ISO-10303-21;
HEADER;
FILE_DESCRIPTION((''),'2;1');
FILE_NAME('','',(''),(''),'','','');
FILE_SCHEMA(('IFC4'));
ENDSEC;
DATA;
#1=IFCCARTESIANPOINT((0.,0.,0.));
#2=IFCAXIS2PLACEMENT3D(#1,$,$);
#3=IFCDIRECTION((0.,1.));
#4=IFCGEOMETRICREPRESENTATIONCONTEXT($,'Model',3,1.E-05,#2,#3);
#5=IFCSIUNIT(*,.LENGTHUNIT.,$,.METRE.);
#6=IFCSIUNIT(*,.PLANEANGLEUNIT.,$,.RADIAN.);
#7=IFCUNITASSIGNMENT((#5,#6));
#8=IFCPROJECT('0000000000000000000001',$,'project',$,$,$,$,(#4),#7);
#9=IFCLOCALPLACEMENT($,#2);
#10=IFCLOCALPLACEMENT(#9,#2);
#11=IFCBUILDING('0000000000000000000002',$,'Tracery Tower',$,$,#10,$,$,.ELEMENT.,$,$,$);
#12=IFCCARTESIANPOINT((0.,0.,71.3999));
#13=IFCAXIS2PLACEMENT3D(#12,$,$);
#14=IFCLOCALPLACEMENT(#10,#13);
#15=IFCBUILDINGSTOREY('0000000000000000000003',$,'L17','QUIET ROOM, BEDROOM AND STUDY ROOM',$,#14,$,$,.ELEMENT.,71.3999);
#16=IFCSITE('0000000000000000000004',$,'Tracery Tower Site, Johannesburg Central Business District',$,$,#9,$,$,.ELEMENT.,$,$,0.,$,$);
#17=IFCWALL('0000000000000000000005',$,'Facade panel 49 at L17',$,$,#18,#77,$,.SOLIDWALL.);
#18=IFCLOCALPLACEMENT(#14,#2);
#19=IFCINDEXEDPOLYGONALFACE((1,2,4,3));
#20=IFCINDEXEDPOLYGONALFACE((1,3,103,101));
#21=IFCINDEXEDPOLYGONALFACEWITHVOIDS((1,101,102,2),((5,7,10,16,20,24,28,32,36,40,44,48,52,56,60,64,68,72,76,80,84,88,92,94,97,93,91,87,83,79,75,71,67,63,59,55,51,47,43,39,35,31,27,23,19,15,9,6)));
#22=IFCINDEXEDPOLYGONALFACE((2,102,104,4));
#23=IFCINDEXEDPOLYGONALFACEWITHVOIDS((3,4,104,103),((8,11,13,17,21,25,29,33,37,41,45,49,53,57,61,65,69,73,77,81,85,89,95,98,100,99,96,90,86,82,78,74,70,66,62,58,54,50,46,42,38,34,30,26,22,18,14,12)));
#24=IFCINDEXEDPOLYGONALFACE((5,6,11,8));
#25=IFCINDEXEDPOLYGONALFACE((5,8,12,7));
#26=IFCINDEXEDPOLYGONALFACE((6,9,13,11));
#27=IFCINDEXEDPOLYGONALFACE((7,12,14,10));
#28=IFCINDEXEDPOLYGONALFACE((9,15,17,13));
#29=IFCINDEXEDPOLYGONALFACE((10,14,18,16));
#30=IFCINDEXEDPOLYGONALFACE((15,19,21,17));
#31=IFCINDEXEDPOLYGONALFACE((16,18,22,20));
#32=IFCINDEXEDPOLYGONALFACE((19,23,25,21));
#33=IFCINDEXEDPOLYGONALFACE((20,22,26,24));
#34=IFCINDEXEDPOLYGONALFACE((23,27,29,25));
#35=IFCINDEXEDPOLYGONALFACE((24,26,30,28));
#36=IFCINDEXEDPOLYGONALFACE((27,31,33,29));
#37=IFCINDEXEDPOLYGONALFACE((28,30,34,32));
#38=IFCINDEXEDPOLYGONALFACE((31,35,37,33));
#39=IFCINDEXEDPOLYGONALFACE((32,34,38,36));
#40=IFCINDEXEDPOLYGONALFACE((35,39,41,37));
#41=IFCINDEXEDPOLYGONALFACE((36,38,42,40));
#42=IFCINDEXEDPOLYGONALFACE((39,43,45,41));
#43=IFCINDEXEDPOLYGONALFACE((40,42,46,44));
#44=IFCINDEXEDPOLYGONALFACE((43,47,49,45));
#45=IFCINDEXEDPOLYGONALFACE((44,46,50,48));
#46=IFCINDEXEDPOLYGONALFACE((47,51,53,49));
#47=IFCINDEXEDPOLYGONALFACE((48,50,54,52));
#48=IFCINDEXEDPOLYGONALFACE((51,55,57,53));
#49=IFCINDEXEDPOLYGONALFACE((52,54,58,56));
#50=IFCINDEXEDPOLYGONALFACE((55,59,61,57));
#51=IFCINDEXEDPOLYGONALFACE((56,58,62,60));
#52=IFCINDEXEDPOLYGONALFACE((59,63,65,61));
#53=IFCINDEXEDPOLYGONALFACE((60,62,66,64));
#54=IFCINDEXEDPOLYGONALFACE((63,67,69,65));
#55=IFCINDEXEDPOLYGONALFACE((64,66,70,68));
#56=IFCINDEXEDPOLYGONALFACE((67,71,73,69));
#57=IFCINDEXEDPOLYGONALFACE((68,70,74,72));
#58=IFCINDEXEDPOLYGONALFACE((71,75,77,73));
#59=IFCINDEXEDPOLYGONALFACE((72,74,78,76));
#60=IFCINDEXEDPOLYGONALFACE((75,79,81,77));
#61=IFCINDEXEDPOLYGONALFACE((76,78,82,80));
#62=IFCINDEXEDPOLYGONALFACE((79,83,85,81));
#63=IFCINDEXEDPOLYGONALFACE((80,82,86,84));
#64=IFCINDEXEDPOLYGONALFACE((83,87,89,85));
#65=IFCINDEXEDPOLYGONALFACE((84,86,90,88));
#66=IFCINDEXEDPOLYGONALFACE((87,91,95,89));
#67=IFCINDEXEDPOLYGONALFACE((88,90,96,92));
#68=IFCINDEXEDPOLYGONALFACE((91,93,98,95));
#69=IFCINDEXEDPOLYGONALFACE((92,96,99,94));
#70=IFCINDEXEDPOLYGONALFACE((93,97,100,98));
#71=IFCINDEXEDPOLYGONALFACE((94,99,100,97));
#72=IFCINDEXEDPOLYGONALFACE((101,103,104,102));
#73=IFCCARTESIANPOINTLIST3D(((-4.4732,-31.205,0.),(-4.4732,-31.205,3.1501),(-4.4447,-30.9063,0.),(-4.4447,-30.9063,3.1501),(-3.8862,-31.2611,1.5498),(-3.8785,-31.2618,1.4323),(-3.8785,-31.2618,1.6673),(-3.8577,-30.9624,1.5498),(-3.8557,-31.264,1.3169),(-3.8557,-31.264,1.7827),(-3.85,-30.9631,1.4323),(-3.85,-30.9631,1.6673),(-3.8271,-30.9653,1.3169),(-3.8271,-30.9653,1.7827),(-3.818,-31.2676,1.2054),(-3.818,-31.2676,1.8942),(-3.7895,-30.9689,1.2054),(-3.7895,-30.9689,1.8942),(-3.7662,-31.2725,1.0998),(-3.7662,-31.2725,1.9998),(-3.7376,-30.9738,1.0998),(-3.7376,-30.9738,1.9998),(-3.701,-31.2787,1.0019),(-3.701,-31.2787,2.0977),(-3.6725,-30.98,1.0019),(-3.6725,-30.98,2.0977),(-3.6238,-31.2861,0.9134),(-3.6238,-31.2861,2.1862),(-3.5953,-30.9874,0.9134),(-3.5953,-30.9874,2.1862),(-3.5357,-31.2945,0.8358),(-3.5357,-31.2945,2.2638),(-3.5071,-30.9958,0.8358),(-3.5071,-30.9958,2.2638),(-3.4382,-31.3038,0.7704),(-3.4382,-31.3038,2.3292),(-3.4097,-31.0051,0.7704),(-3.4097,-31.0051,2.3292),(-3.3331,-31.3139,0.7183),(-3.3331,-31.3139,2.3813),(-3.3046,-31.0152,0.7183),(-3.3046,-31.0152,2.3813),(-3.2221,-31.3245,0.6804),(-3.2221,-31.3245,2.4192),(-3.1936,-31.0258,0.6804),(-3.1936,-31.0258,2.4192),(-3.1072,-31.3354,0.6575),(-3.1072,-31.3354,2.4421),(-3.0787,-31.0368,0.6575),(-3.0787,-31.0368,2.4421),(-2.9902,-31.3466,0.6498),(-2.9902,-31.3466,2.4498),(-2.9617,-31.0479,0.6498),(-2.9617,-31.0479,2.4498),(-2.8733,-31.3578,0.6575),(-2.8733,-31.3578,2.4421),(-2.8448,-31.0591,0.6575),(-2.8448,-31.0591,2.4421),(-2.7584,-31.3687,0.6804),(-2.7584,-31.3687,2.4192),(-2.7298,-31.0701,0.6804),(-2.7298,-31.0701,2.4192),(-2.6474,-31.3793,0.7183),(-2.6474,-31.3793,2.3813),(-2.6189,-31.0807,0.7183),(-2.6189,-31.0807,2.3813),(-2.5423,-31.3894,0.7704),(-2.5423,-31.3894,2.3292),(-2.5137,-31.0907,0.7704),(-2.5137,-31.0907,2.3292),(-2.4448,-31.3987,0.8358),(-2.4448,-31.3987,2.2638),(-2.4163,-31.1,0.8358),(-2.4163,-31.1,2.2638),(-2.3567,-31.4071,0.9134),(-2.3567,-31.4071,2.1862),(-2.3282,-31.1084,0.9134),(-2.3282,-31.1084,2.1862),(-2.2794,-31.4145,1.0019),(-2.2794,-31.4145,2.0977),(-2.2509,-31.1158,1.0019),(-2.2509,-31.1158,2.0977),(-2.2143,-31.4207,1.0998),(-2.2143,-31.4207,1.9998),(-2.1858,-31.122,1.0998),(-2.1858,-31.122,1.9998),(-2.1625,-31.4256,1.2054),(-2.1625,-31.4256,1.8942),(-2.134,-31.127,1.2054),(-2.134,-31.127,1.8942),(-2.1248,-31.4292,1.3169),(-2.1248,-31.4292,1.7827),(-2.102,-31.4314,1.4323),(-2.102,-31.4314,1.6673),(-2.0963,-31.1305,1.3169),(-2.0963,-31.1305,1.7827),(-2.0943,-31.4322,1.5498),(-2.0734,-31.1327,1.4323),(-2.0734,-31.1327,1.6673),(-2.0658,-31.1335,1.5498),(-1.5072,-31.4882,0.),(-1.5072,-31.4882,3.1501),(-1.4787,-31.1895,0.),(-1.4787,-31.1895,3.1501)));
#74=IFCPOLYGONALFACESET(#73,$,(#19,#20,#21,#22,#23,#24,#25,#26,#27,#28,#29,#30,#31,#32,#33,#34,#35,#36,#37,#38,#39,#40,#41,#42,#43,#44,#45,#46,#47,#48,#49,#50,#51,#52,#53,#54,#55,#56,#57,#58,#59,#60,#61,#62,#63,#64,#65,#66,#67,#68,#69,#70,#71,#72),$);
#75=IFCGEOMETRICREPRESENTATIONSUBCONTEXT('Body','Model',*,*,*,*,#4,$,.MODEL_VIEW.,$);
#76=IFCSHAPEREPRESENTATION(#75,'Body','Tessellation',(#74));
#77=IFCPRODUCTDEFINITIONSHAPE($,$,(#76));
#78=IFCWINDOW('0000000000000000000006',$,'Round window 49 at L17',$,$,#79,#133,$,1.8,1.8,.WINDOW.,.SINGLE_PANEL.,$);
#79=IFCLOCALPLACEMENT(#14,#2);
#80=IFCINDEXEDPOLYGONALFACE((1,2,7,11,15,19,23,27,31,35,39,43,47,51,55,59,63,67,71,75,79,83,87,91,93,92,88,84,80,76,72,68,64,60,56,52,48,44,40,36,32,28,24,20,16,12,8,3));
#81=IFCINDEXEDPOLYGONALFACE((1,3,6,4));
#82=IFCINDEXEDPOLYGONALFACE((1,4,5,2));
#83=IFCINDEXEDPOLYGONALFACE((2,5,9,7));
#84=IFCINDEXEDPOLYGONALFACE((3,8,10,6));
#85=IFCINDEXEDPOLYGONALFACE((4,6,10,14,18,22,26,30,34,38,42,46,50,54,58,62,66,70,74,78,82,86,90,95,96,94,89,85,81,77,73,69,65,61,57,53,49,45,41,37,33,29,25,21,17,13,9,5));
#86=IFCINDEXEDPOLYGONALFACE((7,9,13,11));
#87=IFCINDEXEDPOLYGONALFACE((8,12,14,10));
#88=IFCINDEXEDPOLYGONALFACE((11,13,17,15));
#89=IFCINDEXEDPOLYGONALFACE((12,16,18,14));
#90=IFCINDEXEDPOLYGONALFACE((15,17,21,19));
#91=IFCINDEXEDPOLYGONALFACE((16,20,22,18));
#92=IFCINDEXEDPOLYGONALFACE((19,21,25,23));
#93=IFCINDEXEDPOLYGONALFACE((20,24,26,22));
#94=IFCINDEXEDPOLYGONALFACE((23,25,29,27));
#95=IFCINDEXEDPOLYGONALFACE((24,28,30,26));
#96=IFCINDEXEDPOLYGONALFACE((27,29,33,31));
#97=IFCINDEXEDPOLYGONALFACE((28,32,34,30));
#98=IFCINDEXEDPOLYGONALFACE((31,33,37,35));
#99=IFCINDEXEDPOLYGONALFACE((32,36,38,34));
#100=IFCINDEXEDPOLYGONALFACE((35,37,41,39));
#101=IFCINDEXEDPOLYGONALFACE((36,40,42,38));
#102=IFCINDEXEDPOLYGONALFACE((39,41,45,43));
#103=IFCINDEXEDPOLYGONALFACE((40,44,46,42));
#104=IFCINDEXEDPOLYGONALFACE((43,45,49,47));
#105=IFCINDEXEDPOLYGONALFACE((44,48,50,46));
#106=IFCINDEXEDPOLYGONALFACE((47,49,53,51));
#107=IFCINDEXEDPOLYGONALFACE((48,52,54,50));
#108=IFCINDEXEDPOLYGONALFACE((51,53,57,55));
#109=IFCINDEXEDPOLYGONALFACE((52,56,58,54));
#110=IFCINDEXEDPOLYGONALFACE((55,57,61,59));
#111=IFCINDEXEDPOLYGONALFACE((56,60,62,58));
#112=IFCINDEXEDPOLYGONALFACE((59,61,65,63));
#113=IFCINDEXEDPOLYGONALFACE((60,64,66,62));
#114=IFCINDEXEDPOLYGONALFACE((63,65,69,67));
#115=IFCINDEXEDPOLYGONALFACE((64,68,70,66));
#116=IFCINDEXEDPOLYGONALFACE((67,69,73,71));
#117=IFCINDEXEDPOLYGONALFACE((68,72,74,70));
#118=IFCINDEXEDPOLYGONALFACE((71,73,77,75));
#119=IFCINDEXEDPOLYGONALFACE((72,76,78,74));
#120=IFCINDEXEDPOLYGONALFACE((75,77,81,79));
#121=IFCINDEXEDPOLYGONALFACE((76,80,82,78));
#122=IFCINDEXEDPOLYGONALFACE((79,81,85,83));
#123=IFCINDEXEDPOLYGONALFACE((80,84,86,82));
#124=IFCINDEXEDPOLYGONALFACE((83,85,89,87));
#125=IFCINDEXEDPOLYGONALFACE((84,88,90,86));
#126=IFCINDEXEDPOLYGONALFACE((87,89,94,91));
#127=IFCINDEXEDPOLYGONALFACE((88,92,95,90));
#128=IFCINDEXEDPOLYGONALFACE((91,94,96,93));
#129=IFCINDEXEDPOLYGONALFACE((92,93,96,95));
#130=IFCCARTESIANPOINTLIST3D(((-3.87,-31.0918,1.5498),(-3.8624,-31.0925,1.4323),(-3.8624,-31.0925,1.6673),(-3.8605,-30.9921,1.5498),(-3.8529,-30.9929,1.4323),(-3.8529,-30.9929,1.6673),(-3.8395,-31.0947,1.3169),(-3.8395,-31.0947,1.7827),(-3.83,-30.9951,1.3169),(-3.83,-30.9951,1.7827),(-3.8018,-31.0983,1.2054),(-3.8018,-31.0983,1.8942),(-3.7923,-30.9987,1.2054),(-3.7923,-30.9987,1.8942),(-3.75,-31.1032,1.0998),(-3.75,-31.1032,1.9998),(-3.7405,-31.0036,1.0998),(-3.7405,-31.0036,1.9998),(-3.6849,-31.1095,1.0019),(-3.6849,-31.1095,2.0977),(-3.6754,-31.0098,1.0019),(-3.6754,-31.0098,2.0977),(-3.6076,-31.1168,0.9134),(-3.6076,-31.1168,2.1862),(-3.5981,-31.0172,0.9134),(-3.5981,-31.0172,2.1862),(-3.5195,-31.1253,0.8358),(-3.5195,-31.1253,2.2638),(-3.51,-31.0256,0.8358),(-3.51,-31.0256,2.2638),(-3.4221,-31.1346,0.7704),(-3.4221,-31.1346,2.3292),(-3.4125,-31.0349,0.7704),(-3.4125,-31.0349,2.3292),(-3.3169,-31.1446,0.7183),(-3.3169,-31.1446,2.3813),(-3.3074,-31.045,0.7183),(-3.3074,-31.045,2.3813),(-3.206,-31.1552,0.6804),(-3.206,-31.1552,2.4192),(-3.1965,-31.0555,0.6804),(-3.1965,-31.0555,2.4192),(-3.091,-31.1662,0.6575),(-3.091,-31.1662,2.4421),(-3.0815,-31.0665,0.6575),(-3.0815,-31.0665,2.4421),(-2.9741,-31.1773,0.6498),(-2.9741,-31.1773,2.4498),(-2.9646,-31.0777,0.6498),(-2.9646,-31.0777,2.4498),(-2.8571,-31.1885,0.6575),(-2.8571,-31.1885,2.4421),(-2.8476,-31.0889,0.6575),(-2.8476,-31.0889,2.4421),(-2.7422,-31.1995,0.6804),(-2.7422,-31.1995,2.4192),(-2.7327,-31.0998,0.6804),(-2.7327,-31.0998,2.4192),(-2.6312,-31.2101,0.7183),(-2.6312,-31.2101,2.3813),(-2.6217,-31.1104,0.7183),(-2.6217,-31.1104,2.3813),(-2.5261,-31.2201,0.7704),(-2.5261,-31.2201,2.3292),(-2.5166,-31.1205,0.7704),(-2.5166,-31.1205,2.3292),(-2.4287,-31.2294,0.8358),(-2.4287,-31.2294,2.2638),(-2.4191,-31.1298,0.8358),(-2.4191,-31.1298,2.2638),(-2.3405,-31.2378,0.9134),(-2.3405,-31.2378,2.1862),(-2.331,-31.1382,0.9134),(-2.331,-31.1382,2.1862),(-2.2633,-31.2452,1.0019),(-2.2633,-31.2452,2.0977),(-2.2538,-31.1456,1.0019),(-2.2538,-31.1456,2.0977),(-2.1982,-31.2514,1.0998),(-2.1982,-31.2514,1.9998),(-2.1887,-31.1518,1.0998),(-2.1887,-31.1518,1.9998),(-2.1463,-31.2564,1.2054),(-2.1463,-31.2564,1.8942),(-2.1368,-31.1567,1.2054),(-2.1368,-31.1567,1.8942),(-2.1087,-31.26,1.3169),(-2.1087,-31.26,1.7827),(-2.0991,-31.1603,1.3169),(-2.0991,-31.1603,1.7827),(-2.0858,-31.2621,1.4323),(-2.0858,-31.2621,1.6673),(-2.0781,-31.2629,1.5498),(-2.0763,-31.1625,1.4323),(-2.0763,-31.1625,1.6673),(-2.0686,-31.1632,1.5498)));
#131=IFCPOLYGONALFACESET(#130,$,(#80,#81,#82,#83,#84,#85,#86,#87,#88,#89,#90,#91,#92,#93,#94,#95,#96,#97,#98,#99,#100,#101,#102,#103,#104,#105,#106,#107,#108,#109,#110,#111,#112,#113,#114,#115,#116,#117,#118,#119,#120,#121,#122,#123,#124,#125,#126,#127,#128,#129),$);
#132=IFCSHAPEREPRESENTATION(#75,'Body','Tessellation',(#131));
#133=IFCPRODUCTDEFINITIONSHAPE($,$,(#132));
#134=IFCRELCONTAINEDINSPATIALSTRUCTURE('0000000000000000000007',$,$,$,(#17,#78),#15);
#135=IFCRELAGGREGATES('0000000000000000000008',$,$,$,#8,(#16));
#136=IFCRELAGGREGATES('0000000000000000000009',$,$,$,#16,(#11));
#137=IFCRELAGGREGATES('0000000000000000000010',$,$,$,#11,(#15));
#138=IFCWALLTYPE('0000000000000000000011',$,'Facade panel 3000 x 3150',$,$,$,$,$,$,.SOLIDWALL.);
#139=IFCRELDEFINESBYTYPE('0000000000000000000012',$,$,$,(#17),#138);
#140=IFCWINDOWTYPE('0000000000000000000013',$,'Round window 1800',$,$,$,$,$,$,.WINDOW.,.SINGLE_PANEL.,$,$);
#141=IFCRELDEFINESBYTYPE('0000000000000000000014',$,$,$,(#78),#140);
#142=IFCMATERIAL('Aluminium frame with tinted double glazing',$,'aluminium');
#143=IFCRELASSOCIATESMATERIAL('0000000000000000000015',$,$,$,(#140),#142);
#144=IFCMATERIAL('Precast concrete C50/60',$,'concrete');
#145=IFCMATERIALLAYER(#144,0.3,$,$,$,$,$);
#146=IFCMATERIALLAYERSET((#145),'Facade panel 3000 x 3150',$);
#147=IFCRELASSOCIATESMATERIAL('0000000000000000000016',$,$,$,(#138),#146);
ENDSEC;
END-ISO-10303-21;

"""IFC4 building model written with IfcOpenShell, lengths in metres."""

from ifc_helpers import new_model, si_unit, direction, frame, frame_2d, origin, origin_2d, place, context, subcontext, project, spatial, rectangle, circle, extrude, material, layer, layer_set, type_object, element, fill, save


model = new_model("IFC4")

# Units and contexts
model_context = context("Model", 3, precision=1e-05, world=origin(), true_north=direction((0.0, 1.0)))
body_context = subcontext(model_context, "Body", "Model", "MODEL_VIEW")
ifc_project = project(units=[si_unit("LENGTHUNIT", "METRE"), si_unit("PLANEANGLEUNIT", "RADIAN")], contexts=[model_context])

# Site, building, storey
site_placement = place(None, origin())
site = spatial("IfcSite", under=ifc_project, at=site_placement, Name="Tracery Tower Site, Johannesburg Central Business District", CompositionType="ELEMENT", RefElevation=0.0)
building_placement = place(site_placement, origin())
building = spatial("IfcBuilding", under=site, at=building_placement, Name="Tracery Tower", CompositionType="ELEMENT")
storey_placement = place(building_placement, frame((0.0, 0.0, 71.3999)))
storey = spatial("IfcBuildingStorey", under=building, at=storey_placement, Name="L17", Description="QUIET ROOM, BEDROOM AND STUDY ROOM", CompositionType="ELEMENT", Elevation=71.3999)

# Wall, opening, window
ifc_material_1 = material(Name="Aluminium frame with tinted double glazing", Category="aluminium")
window_type = type_object("IfcWindowType", Name="Round window 1800", PartitioningType="SINGLE_PANEL", PredefinedType="WINDOW", material=ifc_material_1)
ifc_material_2 = material(Name="Precast concrete C50/60", Category="concrete")
ifc_layer_1 = layer(ifc_material_2, 0.3)
ifc_layer_set_1 = layer_set([ifc_layer_1], Name="Facade panel 3000 x 3150")
wall_type_1 = type_object("IfcWallType", Name="Facade panel 3000 x 3150", PredefinedType="SOLIDWALL", material=ifc_layer_set_1)
wall_1_placement = place(storey_placement, frame((-4.459, -31.0557, 0.0), z_axis=(0.0, 0.0, 1.0), x_axis=(0.995473, -0.095049, 0.0)))
wall_1 = element("IfcWall", 1, at=wall_1_placement, inside=storey, type_object=wall_type_1, Name="Facade panel 49 at L17", PredefinedType="SOLIDWALL", context=body_context, shape_type="SweptSolid", body=[
    extrude(rectangle(XDim=2.9795, YDim=0.3, at=frame_2d((1.4897, 0.0))), origin(), (0.0, 0.0, 1.0), 3.1501),
])
opening_1_placement = place(wall_1_placement, frame((1.4897, 0.0, 1.5498)))
opening_1 = element("IfcOpeningElement", 2, at=opening_1_placement, cuts=wall_1, PredefinedType="OPENING", context=body_context, shape_type="SweptSolid", body=[
    extrude(circle(Radius=0.9, at=origin_2d()), frame((0.0, 0.1599, 0.0), z_axis=(0.0, -1.0, 0.0), x_axis=(1.0, 0.0, 0.0)), (0.0, 0.0, 1.0), 0.3201),
])
window_1_placement = place(opening_1_placement, origin())
window_1 = element("IfcWindow", 3, at=window_1_placement, inside=storey, type_object=window_type, Name="Round window 49 at L17", OverallHeight=1.8, OverallWidth=1.8, PartitioningType="SINGLE_PANEL", PredefinedType="WINDOW", context=body_context, shape_type="SweptSolid", body=[
    extrude(circle(Radius=0.9, at=origin_2d()), frame((0.0, 0.1201, 0.0), z_axis=(0.0, -1.0, 0.0), x_axis=(1.0, 0.0, 0.0)), (0.0, 0.0, 1.0), 0.1001),
])
fill(opening_1, window_1)

save(model, "model.ifc")
